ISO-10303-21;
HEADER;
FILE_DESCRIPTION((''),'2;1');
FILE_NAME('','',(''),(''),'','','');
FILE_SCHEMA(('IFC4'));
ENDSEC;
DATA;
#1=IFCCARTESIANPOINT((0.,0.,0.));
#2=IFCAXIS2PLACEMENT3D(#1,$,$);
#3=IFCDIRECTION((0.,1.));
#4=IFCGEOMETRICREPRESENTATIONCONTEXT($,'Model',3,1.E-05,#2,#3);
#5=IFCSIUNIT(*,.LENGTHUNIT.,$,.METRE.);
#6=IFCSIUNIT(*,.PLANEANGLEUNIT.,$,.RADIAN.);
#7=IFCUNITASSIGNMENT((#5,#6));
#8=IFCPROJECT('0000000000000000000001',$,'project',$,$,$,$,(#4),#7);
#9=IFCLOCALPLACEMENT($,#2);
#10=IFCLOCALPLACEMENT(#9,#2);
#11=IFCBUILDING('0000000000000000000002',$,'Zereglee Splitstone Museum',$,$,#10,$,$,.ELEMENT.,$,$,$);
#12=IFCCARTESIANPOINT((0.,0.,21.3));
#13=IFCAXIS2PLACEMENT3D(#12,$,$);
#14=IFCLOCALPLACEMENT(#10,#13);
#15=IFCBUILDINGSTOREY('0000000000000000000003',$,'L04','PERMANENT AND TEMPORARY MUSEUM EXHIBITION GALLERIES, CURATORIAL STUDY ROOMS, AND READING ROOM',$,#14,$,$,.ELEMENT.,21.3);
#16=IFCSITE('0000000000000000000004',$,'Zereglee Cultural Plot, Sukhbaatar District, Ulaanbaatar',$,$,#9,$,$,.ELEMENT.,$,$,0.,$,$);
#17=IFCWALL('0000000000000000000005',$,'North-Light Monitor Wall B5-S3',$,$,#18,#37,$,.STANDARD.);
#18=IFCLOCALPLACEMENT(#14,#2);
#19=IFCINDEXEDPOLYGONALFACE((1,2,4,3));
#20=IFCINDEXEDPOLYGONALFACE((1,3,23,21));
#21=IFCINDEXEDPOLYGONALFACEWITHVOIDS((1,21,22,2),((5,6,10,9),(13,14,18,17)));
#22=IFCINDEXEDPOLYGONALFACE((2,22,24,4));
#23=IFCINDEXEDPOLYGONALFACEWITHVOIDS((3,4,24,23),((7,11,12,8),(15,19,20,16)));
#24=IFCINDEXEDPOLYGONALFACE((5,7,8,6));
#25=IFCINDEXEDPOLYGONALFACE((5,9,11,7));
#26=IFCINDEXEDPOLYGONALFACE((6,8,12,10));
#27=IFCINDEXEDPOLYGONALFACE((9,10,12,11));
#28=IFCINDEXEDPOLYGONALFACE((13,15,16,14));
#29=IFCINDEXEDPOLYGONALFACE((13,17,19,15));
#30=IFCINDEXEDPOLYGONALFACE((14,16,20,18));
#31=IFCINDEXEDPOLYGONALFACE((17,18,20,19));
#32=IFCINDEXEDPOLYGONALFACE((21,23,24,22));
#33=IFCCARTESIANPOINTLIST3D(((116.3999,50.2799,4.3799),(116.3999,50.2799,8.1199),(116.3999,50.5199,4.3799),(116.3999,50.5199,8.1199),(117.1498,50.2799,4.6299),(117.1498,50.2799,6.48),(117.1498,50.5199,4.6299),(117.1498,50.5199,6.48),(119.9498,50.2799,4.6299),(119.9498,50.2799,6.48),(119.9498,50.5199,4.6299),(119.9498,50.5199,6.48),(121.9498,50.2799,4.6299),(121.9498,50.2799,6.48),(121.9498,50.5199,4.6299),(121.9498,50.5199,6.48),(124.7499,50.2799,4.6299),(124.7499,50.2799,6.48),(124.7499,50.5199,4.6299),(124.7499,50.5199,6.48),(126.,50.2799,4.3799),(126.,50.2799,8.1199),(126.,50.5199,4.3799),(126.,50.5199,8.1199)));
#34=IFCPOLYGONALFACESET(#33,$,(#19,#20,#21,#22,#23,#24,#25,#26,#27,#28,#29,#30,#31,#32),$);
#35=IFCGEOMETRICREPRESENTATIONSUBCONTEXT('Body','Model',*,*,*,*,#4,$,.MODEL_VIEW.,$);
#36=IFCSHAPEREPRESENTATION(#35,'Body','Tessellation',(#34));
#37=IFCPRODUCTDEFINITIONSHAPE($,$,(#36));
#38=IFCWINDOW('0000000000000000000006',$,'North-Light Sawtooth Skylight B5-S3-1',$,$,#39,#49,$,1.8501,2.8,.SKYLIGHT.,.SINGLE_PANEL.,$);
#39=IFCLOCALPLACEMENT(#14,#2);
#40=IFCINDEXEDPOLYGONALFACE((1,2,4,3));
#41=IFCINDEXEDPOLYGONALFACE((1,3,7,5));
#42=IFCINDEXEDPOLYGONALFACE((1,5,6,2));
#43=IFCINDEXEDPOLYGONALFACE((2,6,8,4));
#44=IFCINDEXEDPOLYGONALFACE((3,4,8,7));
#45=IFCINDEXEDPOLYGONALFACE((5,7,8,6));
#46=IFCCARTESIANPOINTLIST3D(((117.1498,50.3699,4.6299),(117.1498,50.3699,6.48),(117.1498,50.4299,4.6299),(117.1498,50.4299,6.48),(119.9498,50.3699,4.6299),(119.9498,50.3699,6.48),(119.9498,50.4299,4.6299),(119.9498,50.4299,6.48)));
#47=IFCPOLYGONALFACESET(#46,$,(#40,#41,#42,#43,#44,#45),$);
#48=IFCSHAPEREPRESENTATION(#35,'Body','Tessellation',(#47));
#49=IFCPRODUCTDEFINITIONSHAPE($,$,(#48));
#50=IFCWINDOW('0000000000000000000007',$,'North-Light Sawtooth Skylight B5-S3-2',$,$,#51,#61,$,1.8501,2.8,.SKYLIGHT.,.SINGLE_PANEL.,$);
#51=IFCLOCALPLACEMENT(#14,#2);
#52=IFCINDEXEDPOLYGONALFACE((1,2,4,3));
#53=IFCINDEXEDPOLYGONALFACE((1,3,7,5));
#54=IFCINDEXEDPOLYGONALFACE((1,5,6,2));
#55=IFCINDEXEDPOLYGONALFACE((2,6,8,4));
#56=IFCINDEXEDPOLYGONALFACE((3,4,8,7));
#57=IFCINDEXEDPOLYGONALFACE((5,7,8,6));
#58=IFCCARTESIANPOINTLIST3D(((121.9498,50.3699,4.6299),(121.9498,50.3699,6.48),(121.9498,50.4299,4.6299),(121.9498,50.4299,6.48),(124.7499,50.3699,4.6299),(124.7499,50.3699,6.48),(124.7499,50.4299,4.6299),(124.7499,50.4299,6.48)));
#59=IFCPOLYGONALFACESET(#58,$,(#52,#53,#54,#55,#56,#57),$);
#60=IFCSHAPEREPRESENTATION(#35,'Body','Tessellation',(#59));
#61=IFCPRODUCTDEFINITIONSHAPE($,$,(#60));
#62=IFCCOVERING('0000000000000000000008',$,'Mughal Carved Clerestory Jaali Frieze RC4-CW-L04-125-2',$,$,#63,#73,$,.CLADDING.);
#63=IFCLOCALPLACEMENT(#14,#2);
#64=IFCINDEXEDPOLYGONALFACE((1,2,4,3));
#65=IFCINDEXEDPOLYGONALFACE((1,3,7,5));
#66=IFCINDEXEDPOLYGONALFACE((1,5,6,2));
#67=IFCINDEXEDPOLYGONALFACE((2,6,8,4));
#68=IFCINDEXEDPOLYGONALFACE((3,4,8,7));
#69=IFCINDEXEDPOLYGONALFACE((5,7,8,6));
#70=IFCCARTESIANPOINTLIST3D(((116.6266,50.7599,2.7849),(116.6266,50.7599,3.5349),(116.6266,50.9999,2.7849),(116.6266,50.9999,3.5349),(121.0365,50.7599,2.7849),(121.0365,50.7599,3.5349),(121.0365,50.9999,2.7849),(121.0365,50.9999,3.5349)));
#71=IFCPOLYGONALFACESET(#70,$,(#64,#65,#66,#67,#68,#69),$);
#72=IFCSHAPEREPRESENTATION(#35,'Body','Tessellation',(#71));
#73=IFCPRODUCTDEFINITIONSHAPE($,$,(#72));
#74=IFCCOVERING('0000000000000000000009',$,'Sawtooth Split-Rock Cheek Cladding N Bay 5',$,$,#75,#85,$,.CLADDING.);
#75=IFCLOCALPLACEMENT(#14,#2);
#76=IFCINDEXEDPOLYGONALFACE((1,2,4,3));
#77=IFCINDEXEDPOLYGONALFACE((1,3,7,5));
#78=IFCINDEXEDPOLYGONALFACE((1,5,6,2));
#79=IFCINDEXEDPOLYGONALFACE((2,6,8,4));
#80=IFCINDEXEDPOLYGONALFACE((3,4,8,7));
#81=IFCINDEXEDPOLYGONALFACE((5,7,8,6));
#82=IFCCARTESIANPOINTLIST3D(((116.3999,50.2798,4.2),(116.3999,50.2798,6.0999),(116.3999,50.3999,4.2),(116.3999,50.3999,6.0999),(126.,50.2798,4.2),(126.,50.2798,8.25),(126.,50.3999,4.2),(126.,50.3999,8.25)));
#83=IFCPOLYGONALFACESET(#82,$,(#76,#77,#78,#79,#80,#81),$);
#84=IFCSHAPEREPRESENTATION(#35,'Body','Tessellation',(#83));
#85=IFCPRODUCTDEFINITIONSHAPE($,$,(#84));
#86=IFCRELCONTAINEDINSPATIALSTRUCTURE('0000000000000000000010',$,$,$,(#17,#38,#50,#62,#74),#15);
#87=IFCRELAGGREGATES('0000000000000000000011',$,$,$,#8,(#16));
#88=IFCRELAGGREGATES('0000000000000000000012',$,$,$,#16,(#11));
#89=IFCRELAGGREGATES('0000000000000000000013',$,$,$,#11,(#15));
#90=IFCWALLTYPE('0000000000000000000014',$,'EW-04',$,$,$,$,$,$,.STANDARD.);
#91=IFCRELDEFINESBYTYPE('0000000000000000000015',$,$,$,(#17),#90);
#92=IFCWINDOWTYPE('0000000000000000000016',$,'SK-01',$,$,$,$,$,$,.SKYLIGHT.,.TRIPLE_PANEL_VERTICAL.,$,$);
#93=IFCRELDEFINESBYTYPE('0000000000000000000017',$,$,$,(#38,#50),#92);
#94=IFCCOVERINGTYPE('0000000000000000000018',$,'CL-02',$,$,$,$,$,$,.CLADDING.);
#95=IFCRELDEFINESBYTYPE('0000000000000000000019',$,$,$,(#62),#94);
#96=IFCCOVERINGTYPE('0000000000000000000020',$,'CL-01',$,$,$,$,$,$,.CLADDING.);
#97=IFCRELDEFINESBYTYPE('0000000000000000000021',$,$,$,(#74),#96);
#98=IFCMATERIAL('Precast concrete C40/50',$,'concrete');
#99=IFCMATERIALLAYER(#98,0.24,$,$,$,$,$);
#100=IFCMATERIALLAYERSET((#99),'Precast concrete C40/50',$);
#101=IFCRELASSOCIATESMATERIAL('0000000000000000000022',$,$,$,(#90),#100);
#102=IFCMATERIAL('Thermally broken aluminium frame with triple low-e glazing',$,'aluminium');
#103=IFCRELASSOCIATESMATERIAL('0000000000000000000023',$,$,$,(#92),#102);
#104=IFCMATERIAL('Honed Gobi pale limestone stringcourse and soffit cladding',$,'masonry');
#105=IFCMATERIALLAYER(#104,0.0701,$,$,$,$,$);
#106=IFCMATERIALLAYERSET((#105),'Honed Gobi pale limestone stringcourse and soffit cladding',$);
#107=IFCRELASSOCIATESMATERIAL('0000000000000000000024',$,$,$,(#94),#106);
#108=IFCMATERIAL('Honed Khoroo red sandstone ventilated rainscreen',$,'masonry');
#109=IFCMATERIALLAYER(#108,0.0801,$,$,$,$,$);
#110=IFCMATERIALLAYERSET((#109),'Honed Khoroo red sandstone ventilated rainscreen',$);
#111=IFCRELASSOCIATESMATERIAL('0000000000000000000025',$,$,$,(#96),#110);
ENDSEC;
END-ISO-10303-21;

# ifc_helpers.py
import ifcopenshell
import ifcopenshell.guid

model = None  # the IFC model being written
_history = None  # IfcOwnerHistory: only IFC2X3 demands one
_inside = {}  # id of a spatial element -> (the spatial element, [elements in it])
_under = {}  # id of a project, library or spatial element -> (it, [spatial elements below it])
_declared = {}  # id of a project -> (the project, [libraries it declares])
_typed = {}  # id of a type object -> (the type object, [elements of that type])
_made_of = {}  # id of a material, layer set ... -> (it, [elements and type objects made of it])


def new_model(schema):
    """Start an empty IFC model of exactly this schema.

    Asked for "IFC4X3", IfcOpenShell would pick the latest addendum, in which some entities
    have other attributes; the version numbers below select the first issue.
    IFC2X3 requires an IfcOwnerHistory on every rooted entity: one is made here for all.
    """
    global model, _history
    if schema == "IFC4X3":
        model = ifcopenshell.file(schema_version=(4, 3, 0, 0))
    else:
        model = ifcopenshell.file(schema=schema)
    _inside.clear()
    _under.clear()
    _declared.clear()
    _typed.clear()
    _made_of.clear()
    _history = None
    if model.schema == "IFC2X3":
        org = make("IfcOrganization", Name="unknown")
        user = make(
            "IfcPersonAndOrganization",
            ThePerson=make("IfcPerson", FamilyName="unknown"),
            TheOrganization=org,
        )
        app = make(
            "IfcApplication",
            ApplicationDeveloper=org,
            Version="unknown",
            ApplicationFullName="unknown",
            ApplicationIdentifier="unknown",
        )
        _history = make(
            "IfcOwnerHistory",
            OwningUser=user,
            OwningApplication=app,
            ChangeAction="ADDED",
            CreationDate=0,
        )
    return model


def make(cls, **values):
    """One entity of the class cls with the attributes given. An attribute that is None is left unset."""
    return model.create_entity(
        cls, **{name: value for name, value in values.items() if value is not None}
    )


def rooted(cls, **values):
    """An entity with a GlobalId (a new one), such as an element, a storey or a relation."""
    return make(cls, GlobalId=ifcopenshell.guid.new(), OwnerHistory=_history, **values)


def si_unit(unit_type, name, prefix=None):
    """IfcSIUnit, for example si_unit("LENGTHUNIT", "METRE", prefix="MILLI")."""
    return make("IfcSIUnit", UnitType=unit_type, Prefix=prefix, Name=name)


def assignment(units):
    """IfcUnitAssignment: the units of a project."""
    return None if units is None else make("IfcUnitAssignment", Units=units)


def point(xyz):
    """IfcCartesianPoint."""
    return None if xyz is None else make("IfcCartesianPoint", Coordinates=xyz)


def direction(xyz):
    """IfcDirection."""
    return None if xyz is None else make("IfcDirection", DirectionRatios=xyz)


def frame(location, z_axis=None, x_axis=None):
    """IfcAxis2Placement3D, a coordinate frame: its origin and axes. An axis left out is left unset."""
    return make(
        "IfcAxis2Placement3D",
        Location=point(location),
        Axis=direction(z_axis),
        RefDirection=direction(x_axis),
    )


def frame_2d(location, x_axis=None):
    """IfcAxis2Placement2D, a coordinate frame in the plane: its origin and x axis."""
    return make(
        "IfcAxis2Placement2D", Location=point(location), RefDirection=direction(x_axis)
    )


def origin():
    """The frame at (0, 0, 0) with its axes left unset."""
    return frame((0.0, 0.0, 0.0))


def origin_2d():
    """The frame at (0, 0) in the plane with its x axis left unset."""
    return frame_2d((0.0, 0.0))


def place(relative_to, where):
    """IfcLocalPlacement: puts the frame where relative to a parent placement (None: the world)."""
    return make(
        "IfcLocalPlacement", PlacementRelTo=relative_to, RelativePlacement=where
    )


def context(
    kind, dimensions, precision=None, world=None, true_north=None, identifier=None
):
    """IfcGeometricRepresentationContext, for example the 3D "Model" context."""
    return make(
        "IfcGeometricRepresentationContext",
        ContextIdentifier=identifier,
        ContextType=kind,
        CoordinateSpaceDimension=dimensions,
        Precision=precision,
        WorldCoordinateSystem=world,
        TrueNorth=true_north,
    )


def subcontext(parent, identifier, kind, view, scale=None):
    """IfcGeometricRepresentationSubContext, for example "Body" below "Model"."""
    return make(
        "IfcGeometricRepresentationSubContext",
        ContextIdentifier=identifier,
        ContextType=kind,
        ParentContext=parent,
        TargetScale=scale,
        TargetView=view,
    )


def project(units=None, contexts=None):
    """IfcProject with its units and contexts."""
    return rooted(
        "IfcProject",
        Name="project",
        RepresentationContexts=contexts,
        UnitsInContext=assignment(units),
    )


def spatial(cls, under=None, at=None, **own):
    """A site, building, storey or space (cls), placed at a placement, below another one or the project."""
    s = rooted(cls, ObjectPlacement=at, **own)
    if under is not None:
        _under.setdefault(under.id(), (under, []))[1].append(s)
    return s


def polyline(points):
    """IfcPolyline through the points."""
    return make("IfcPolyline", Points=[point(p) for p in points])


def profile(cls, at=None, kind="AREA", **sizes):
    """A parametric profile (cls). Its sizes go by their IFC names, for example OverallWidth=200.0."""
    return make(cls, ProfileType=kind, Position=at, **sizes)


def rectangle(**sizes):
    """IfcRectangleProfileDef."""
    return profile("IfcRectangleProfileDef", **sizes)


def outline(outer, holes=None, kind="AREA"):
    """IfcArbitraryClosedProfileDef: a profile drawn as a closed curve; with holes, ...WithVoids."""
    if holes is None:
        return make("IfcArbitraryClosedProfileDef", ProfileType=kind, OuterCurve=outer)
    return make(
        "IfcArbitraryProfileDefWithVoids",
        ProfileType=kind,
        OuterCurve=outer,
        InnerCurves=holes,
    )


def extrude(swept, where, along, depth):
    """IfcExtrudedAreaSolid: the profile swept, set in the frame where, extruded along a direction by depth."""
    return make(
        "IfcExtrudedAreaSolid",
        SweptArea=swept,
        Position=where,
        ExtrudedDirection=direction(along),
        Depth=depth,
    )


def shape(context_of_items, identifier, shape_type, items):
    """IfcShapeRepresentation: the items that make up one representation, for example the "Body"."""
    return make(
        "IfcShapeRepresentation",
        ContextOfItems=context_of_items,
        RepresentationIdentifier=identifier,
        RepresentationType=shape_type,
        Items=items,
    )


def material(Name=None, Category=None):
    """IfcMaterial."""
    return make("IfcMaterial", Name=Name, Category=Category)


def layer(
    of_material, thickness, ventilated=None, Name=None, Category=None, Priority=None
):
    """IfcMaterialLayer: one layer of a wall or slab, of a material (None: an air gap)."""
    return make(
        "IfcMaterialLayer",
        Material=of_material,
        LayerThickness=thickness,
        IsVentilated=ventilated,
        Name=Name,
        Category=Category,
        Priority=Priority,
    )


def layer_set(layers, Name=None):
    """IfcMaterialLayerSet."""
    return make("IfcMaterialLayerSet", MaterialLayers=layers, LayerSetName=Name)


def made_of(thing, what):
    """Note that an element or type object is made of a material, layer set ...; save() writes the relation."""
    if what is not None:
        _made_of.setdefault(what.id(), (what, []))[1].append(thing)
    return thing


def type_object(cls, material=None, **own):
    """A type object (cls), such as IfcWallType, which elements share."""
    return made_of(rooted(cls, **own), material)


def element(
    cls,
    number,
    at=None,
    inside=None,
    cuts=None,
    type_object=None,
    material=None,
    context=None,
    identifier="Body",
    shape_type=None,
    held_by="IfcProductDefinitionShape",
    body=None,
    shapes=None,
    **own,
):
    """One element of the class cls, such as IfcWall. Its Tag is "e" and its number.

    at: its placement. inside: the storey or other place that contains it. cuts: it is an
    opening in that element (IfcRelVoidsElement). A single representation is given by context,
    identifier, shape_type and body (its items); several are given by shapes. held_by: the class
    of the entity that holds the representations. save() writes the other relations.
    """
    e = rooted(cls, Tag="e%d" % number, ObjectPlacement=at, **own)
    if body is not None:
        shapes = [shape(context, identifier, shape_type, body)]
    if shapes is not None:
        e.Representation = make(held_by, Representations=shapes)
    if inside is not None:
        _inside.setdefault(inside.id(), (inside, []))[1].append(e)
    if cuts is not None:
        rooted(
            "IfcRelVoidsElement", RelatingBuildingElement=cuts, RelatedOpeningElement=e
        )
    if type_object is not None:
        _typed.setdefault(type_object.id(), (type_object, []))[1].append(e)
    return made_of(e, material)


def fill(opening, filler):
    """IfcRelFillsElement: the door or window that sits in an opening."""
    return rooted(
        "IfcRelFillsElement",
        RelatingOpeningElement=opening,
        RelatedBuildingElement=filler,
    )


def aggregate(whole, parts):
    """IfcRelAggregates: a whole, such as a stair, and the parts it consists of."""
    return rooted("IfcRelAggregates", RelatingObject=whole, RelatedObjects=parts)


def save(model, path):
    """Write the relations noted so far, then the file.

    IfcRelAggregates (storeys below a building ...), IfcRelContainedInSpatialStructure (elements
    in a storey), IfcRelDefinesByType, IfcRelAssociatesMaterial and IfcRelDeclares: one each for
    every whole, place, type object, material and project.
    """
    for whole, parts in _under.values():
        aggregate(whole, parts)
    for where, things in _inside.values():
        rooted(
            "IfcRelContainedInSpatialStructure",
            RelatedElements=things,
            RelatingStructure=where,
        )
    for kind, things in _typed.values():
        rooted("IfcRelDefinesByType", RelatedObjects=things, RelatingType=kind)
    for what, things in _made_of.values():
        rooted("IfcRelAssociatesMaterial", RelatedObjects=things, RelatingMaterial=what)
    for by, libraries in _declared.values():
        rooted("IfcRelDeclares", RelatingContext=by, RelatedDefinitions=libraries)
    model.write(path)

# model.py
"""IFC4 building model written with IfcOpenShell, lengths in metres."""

from ifc_helpers import new_model, si_unit, direction, frame, frame_2d, origin, origin_2d, place, context, subcontext, project, spatial, polyline, rectangle, outline, extrude, material, layer, layer_set, type_object, element, fill, save


model = new_model("IFC4")

# Units and contexts
model_context = context("Model", 3, precision=1e-05, world=origin(), true_north=direction((0.0, 1.0)))
body_context = subcontext(model_context, "Body", "Model", "MODEL_VIEW")
ifc_project = project(units=[si_unit("LENGTHUNIT", "METRE"), si_unit("PLANEANGLEUNIT", "RADIAN")], contexts=[model_context])

# Site, building, storey
site_placement = place(None, origin())
site = spatial("IfcSite", under=ifc_project, at=site_placement, Name="Zereglee Cultural Plot, Sukhbaatar District, Ulaanbaatar", CompositionType="ELEMENT", RefElevation=0.0)
building_placement = place(site_placement, origin())
building = spatial("IfcBuilding", under=site, at=building_placement, Name="Zereglee Splitstone Museum", CompositionType="ELEMENT")
storey_placement = place(building_placement, frame((0.0, 0.0, 21.3)))
storey = spatial("IfcBuildingStorey", under=building, at=storey_placement, Name="L04", Description="PERMANENT AND TEMPORARY MUSEUM EXHIBITION GALLERIES, CURATORIAL STUDY ROOMS, AND READING ROOM", CompositionType="ELEMENT", Elevation=21.3)

# Wall, openings, windows
ifc_material_1 = material(Name="Precast concrete C40/50", Category="concrete")
ifc_layer_1 = layer(ifc_material_1, 0.24)
ifc_layer_set_1 = layer_set([ifc_layer_1], Name="Precast concrete C40/50")
wall_type = type_object("IfcWallType", Name="EW-04", PredefinedType="STANDARD", material=ifc_layer_set_1)
wall_placement = place(storey_placement, frame((116.3999, 50.3999, 4.3799), z_axis=(0.0, 0.0, 1.0), x_axis=(1.0, 0.0, 0.0)))
wall = element("IfcWall", 1, at=wall_placement, inside=storey, type_object=wall_type, Name="North-Light Monitor Wall B5-S3", PredefinedType="STANDARD", context=body_context, shape_type="SweptSolid", body=[
    extrude(rectangle(XDim=9.6001, YDim=0.24, at=frame_2d((4.8, 0.0))), origin(), (0.0, 0.0, 1.0), 3.74),
])
opening_1_placement = place(wall_placement, frame((0.75, 0.0, 0.25)))
opening_1 = element("IfcOpeningElement", 2, at=opening_1_placement, cuts=wall, PredefinedType="OPENING", context=body_context, shape_type="SweptSolid", body=[
    extrude(rectangle(XDim=2.8, YDim=1.8501, at=frame_2d((1.3999, 0.925))), frame((0.0, 0.1348, 0.0), z_axis=(0.0, -1.0, 0.0), x_axis=(1.0, 0.0, 0.0)), (0.0, 0.0, 1.0), 0.2698),
])
opening_2_placement = place(wall_placement, frame((5.55, 0.0, 0.25)))
opening_2 = element("IfcOpeningElement", 3, at=opening_2_placement, cuts=wall, PredefinedType="OPENING", context=body_context, shape_type="SweptSolid", body=[
    extrude(rectangle(XDim=2.8, YDim=1.8501, at=frame_2d((1.3999, 0.925))), frame((0.0, 0.1348, 0.0), z_axis=(0.0, -1.0, 0.0), x_axis=(1.0, 0.0, 0.0)), (0.0, 0.0, 1.0), 0.2698),
])
ifc_material_2 = material(Name="Thermally broken aluminium frame with triple low-e glazing", Category="aluminium")
window_type = type_object("IfcWindowType", Name="SK-01", PartitioningType="TRIPLE_PANEL_VERTICAL", PredefinedType="SKYLIGHT", material=ifc_material_2)
window_1_placement = place(opening_1_placement, origin())
window_1 = element("IfcWindow", 4, at=window_1_placement, inside=storey, type_object=window_type, Name="North-Light Sawtooth Skylight B5-S3-1", OverallHeight=1.8501, OverallWidth=2.8, PartitioningType="SINGLE_PANEL", PredefinedType="SKYLIGHT", context=body_context, shape_type="SweptSolid", body=[
    extrude(rectangle(XDim=2.8, YDim=1.8501, at=frame_2d((1.3999, 0.925))), frame((0.0, 0.03, 0.0), z_axis=(0.0, -1.0, 0.0), x_axis=(1.0, 0.0, 0.0)), (0.0, 0.0, 1.0), 0.0601),
])
fill(opening_1, window_1)
window_2_placement = place(opening_2_placement, origin())
window_2 = element("IfcWindow", 5, at=window_2_placement, inside=storey, type_object=window_type, Name="North-Light Sawtooth Skylight B5-S3-2", OverallHeight=1.8501, OverallWidth=2.8, PartitioningType="SINGLE_PANEL", PredefinedType="SKYLIGHT", context=body_context, shape_type="SweptSolid", body=[
    extrude(rectangle(XDim=2.8, YDim=1.8501, at=frame_2d((1.3999, 0.925))), frame((0.0, 0.03, 0.0), z_axis=(0.0, -1.0, 0.0), x_axis=(1.0, 0.0, 0.0)), (0.0, 0.0, 1.0), 0.0601),
])
fill(opening_2, window_2)

# Coverings
ifc_material_3 = material(Name="Honed Gobi pale limestone stringcourse and soffit cladding", Category="masonry")
ifc_layer_2 = layer(ifc_material_3, 0.0701)
ifc_layer_set_2 = layer_set([ifc_layer_2], Name="Honed Gobi pale limestone stringcourse and soffit cladding")
covering_type_1 = type_object("IfcCoveringType", Name="CL-02", PredefinedType="CLADDING", material=ifc_layer_set_2)
covering_1_placement = place(storey_placement, frame((118.8315, 50.8799, 2.7849), z_axis=(0.0, 0.0, 1.0), x_axis=(-1.0, 0.0, 0.0)))
element("IfcCovering", 6, at=covering_1_placement, inside=storey, type_object=covering_type_1, Name="Mughal Carved Clerestory Jaali Frieze RC4-CW-L04-125-2", PredefinedType="CLADDING", context=body_context, shape_type="SweptSolid", body=[
    extrude(rectangle(XDim=4.4099, YDim=0.24, at=origin_2d()), origin(), (0.0, 0.0, 1.0), 0.75),
])
ifc_material_4 = material(Name="Honed Khoroo red sandstone ventilated rainscreen", Category="masonry")
ifc_layer_3 = layer(ifc_material_4, 0.0801)
ifc_layer_set_3 = layer_set([ifc_layer_3], Name="Honed Khoroo red sandstone ventilated rainscreen")
covering_type_2 = type_object("IfcCoveringType", Name="CL-01", PredefinedType="CLADDING", material=ifc_layer_set_3)
covering_2_placement = place(storey_placement, frame((116.3999, 50.3999, 6.0999), z_axis=(0.0, 1.0, 0.0), x_axis=(0.975824, 0.0, 0.218557)))
element("IfcCovering", 7, at=covering_2_placement, inside=storey, type_object=covering_type_2, Name="Sawtooth Split-Rock Cheek Cladding N Bay 5", PredefinedType="CLADDING", context=body_context, shape_type="SweptSolid", body=[
    extrude(outline(polyline([(0.0, 0.0), (9.8379, 0.0), (8.9528, 3.9521), (-0.4152, 1.854), (0.0, 0.0)])), origin(), (0.0, 0.0, -1.0), 0.1201),
])

save(model, "model.ifc")
